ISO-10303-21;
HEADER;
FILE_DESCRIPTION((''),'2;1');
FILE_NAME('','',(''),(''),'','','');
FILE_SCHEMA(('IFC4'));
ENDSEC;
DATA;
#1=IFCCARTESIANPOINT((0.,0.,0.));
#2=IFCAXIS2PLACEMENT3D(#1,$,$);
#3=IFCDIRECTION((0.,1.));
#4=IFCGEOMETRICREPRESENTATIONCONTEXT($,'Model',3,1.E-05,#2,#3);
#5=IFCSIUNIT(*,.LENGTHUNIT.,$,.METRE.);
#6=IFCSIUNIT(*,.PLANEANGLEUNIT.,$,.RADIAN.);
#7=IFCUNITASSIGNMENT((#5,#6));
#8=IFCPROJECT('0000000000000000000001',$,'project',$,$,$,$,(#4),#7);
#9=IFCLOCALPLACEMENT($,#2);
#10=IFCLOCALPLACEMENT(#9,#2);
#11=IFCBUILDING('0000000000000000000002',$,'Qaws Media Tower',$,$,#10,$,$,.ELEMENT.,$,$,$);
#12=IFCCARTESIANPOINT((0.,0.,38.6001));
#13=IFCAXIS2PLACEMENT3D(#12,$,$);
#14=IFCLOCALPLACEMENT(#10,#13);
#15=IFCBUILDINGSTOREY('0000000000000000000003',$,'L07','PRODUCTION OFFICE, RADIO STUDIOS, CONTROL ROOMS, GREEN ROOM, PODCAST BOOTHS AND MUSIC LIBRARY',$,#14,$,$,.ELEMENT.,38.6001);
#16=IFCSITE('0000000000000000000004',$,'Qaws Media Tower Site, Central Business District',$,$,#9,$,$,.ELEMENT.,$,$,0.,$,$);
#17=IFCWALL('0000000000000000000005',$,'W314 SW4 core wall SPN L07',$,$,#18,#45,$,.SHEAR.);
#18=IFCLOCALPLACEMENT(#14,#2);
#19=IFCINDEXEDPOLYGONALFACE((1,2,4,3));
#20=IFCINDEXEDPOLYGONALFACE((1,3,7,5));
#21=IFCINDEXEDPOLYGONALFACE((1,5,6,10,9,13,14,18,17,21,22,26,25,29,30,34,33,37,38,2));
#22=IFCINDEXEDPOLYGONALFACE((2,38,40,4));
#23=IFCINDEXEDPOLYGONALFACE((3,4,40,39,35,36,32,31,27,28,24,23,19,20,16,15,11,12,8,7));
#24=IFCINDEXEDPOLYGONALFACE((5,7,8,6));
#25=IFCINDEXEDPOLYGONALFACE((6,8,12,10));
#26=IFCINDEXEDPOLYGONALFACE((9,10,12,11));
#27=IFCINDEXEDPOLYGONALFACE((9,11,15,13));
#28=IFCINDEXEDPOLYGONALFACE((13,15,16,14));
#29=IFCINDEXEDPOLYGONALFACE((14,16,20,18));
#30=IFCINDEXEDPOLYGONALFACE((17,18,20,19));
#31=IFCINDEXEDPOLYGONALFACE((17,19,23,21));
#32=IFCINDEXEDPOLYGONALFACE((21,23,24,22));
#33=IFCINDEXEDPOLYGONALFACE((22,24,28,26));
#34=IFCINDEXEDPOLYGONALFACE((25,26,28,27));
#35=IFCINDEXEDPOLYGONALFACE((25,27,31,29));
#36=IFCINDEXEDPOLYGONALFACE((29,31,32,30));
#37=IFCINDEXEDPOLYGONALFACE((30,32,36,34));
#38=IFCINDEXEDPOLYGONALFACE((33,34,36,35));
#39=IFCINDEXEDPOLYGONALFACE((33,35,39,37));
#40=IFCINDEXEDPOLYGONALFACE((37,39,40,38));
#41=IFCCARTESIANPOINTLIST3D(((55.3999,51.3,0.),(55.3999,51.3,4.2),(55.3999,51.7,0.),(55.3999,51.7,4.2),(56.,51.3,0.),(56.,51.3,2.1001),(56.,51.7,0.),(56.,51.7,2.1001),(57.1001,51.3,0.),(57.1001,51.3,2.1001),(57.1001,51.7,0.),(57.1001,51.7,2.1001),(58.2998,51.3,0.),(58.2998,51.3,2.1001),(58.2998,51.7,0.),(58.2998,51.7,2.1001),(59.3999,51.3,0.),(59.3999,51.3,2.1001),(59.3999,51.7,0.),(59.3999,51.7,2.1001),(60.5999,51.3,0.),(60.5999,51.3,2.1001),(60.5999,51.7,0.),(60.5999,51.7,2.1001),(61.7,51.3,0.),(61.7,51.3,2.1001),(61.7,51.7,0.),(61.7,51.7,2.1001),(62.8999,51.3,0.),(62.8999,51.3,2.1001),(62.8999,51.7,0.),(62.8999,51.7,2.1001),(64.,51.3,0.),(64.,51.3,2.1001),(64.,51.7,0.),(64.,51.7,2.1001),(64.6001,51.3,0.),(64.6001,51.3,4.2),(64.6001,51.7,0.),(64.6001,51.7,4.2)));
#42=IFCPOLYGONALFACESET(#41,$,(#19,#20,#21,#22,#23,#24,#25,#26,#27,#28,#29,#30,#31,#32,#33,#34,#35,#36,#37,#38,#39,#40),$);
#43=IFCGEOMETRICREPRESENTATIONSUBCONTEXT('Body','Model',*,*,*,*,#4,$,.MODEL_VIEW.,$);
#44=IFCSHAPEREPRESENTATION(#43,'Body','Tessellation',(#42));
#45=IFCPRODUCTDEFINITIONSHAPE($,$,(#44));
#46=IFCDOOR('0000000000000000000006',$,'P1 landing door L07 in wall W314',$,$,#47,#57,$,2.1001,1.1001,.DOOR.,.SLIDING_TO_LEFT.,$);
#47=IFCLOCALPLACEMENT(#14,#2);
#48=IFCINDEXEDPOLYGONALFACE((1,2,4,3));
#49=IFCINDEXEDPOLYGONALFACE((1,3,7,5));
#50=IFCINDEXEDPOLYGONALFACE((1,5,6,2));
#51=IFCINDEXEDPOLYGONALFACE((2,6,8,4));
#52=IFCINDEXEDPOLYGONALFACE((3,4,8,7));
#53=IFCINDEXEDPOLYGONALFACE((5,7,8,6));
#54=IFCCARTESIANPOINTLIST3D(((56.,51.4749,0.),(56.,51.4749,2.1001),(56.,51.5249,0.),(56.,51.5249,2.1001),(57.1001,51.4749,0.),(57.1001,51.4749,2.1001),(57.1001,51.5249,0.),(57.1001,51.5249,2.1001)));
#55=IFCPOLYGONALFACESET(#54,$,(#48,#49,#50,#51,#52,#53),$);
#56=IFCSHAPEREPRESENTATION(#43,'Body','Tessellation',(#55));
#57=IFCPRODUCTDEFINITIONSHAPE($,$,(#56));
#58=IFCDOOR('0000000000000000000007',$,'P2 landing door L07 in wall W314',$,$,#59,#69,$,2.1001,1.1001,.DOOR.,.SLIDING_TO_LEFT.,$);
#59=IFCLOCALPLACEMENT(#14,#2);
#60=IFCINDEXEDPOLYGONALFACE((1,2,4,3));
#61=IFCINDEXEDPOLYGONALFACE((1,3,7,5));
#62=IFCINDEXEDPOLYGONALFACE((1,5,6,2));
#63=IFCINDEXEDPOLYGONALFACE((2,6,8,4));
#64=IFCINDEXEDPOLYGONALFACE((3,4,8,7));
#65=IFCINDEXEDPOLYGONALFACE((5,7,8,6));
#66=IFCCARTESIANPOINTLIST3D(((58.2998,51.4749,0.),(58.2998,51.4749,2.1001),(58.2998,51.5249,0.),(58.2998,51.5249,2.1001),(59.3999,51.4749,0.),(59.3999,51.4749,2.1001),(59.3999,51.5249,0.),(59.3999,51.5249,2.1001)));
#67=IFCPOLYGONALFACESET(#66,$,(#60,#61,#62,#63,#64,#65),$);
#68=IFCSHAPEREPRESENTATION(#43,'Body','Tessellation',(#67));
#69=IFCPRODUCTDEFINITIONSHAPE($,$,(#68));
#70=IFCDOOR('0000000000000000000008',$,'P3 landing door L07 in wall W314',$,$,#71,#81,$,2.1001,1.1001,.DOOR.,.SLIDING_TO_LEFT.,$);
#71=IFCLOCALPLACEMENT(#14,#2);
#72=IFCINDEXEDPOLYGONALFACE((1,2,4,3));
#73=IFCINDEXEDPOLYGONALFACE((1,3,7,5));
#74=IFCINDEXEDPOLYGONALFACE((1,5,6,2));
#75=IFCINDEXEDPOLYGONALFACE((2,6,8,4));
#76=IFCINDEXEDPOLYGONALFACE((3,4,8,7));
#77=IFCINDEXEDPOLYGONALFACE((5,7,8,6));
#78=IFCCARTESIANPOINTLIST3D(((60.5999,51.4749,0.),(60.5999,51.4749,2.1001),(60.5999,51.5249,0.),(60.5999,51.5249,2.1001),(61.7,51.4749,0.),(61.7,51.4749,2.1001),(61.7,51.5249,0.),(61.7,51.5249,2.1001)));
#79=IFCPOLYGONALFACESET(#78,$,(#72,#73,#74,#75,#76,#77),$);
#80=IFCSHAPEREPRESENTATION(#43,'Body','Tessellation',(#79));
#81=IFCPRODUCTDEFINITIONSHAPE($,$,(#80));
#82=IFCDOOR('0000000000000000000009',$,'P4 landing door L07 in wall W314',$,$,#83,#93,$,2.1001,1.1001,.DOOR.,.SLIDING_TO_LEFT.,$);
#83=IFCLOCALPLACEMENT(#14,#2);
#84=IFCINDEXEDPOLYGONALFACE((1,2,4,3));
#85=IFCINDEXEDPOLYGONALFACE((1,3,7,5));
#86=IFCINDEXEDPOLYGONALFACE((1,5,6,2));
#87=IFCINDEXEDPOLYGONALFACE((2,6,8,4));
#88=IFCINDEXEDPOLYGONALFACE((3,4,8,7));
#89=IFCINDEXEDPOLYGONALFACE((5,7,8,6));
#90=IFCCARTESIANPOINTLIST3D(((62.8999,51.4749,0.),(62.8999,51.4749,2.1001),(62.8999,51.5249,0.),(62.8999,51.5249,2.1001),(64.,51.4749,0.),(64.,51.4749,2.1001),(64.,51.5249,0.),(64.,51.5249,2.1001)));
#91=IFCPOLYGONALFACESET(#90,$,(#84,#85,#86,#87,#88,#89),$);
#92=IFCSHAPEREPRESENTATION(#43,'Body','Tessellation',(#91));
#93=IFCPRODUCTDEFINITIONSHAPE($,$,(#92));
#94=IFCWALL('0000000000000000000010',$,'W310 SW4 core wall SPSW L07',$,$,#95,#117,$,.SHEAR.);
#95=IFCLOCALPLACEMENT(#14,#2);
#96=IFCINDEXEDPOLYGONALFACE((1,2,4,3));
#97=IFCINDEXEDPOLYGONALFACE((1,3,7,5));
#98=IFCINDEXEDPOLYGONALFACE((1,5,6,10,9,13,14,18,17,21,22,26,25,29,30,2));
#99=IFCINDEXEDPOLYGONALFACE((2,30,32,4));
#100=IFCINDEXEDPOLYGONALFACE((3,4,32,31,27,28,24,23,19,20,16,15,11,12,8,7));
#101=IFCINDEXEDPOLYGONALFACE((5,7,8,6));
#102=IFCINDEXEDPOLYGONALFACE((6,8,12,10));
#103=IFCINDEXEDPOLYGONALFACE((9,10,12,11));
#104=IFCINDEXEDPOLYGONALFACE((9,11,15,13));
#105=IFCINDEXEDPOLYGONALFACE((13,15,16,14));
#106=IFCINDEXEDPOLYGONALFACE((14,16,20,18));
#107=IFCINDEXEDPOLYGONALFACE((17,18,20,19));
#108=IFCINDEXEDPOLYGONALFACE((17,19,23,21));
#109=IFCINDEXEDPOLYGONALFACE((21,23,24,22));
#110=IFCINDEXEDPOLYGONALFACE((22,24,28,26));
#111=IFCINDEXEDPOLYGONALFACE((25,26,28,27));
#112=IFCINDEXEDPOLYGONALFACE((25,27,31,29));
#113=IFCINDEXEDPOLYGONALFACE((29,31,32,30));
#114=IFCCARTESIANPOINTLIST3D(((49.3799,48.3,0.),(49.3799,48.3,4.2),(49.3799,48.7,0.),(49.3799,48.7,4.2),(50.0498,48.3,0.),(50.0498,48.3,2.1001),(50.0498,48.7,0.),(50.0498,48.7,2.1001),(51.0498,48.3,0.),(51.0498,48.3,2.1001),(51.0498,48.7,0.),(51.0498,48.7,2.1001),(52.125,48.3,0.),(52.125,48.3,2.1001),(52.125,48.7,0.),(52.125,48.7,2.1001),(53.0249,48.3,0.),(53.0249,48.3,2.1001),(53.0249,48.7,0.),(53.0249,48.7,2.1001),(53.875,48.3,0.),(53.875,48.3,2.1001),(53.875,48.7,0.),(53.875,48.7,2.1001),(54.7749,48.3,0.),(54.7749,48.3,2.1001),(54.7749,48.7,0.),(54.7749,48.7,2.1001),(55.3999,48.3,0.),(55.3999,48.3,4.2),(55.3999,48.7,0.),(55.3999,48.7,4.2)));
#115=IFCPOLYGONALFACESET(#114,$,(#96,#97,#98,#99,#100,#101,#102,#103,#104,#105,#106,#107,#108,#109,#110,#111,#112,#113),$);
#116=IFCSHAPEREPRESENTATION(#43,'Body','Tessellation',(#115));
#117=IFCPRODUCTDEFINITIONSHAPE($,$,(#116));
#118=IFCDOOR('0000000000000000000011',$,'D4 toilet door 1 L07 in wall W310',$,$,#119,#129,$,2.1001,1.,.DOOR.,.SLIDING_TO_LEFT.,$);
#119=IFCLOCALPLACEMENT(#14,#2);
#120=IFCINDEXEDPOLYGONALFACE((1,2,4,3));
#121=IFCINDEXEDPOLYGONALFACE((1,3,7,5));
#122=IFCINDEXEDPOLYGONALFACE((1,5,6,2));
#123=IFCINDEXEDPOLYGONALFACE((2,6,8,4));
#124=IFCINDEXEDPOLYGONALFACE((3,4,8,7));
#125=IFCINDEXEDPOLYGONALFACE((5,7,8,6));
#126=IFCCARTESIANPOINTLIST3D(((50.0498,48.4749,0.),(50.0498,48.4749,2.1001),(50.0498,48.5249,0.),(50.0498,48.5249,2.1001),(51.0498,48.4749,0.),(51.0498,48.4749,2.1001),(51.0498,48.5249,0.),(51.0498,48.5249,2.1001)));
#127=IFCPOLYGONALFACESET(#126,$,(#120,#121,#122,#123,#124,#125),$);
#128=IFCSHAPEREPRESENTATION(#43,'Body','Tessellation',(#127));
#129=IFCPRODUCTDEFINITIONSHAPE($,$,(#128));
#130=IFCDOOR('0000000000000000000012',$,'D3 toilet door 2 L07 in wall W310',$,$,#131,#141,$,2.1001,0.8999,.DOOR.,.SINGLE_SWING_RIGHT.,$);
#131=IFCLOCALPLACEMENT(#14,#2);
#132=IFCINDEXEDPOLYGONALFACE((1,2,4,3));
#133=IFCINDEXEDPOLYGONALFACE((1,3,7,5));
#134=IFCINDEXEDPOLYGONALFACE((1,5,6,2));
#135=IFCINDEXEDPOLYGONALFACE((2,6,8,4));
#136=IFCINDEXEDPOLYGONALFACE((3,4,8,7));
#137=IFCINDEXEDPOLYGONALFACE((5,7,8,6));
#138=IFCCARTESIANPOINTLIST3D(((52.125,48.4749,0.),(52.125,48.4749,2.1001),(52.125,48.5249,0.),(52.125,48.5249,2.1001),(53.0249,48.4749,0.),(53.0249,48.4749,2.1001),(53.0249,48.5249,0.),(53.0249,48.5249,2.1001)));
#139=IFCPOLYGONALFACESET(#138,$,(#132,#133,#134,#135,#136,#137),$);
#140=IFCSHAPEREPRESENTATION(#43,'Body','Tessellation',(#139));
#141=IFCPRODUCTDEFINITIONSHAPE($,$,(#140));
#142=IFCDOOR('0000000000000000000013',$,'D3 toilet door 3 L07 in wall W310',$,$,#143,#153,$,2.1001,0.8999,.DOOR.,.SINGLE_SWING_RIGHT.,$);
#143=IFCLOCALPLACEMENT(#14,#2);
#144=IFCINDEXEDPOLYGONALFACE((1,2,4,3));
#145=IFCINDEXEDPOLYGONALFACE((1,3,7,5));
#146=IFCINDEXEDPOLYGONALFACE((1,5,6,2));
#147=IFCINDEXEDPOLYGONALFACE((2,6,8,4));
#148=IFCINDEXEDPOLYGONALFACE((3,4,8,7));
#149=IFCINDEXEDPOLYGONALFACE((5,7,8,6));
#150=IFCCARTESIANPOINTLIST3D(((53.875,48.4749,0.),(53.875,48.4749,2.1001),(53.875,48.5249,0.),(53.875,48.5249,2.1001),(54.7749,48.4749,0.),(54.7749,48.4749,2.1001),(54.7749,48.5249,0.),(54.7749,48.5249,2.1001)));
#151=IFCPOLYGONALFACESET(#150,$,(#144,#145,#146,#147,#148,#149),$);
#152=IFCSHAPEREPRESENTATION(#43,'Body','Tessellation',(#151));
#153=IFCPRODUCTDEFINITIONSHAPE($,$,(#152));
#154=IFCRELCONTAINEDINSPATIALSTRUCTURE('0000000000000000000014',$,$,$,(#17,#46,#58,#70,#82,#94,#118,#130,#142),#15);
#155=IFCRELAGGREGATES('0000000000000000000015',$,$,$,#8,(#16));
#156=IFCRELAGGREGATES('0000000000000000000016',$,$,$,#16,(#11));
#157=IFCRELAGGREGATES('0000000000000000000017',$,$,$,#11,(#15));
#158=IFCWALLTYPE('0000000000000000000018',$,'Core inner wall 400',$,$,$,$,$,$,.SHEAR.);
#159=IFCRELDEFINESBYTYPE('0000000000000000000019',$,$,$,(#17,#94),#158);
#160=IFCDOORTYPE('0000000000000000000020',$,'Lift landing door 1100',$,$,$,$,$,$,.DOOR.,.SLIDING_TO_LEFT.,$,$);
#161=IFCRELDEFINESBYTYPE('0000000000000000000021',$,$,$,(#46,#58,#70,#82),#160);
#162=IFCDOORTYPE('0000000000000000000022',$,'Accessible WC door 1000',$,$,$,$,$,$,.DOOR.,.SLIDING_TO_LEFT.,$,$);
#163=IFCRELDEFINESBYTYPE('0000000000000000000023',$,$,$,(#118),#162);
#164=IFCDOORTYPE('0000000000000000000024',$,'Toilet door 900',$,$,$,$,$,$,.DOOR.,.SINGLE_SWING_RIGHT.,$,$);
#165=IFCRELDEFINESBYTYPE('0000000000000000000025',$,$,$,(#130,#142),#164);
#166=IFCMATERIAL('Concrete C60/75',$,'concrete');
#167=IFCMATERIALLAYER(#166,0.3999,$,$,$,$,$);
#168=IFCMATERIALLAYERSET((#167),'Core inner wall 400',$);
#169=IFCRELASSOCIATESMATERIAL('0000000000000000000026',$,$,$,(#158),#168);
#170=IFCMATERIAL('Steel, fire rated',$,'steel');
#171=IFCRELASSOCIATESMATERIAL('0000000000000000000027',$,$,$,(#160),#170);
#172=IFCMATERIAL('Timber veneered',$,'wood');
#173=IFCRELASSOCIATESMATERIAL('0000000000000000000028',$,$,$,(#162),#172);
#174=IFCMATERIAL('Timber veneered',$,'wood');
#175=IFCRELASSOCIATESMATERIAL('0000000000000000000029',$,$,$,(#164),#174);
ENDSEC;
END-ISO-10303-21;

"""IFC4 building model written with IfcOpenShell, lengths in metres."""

from ifc_helpers import new_model, si_unit, direction, frame, frame_2d, origin, place, context, subcontext, project, spatial, rectangle, extrude, material, layer, layer_set, type_object, element, fill, save


model = new_model("IFC4")

# Units and contexts
model_context = context("Model", 3, precision=1e-05, world=origin(), true_north=direction((0.0, 1.0)))
body_context = subcontext(model_context, "Body", "Model", "MODEL_VIEW")
ifc_project = project(units=[si_unit("LENGTHUNIT", "METRE"), si_unit("PLANEANGLEUNIT", "RADIAN")], contexts=[model_context])

# Site, building, storey
site_placement = place(None, origin())
site = spatial("IfcSite", under=ifc_project, at=site_placement, Name="Qaws Media Tower Site, Central Business District", CompositionType="ELEMENT", RefElevation=0.0)
building_placement = place(site_placement, origin())
building = spatial("IfcBuilding", under=site, at=building_placement, Name="Qaws Media Tower", CompositionType="ELEMENT")
storey_placement = place(building_placement, frame((0.0, 0.0, 38.6001)))
storey = spatial("IfcBuildingStorey", under=building, at=storey_placement, Name="L07", Description="PRODUCTION OFFICE, RADIO STUDIOS, CONTROL ROOMS, GREEN ROOM, PODCAST BOOTHS AND MUSIC LIBRARY", CompositionType="ELEMENT", Elevation=38.6001)

# Shared definitions
ifc_material_1 = material(Name="Concrete C60/75", Category="concrete")
ifc_layer_1 = layer(ifc_material_1, 0.3999)
ifc_layer_set_1 = layer_set([ifc_layer_1], Name="Core inner wall 400")
wall_type_1 = type_object("IfcWallType", Name="Core inner wall 400", PredefinedType="SHEAR", material=ifc_layer_set_1)

# Walls, openings, doors
wall_1_placement = place(storey_placement, frame((55.3999, 51.5, 0.0), z_axis=(0.0, 0.0, 1.0), x_axis=(1.0, 0.0, 0.0)))
wall_1 = element("IfcWall", 1, at=wall_1_placement, inside=storey, type_object=wall_type_1, Name="W314 SW4 core wall SPN L07", PredefinedType="SHEAR", context=body_context, shape_type="SweptSolid", body=[
    extrude(rectangle(XDim=9.2002, YDim=0.3999, at=frame_2d((4.6001, 0.0))), origin(), (0.0, 0.0, 1.0), 4.2),
])
opening_1_placement = place(wall_1_placement, frame((0.6001, 0.0, 0.0)))
opening_1 = element("IfcOpeningElement", 2, at=opening_1_placement, cuts=wall_1, PredefinedType="OPENING", context=body_context, shape_type="SweptSolid", body=[
    extrude(rectangle(XDim=1.1001, YDim=2.1001, at=frame_2d((0.55, 1.05))), frame((0.0, 0.21, 0.0), z_axis=(0.0, -1.0, 0.0), x_axis=(1.0, 0.0, 0.0)), (0.0, 0.0, 1.0), 0.4199),
])
opening_2_placement = place(wall_1_placement, frame((2.8999, 0.0, 0.0)))
opening_2 = element("IfcOpeningElement", 3, at=opening_2_placement, cuts=wall_1, PredefinedType="OPENING", context=body_context, shape_type="SweptSolid", body=[
    extrude(rectangle(XDim=1.1001, YDim=2.1001, at=frame_2d((0.55, 1.05))), frame((0.0, 0.21, 0.0), z_axis=(0.0, -1.0, 0.0), x_axis=(1.0, 0.0, 0.0)), (0.0, 0.0, 1.0), 0.4199),
])
opening_3_placement = place(wall_1_placement, frame((5.2, 0.0, 0.0)))
opening_3 = element("IfcOpeningElement", 4, at=opening_3_placement, cuts=wall_1, PredefinedType="OPENING", context=body_context, shape_type="SweptSolid", body=[
    extrude(rectangle(XDim=1.1001, YDim=2.1001, at=frame_2d((0.55, 1.05))), frame((0.0, 0.21, 0.0), z_axis=(0.0, -1.0, 0.0), x_axis=(1.0, 0.0, 0.0)), (0.0, 0.0, 1.0), 0.4199),
])
opening_4_placement = place(wall_1_placement, frame((7.5, 0.0, 0.0)))
opening_4 = element("IfcOpeningElement", 5, at=opening_4_placement, cuts=wall_1, PredefinedType="OPENING", context=body_context, shape_type="SweptSolid", body=[
    extrude(rectangle(XDim=1.1001, YDim=2.1001, at=frame_2d((0.55, 1.05))), frame((0.0, 0.21, 0.0), z_axis=(0.0, -1.0, 0.0), x_axis=(1.0, 0.0, 0.0)), (0.0, 0.0, 1.0), 0.4199),
])
ifc_material_2 = material(Name="Steel, fire rated", Category="steel")
door_type_1 = type_object("IfcDoorType", Name="Lift landing door 1100", OperationType="SLIDING_TO_LEFT", PredefinedType="DOOR", material=ifc_material_2)
door_1_placement = place(opening_1_placement, origin())
door_1 = element("IfcDoor", 6, at=door_1_placement, inside=storey, type_object=door_type_1, Name="P1 landing door L07 in wall W314", OperationType="SLIDING_TO_LEFT", OverallHeight=2.1001, OverallWidth=1.1001, PredefinedType="DOOR", context=body_context, shape_type="SweptSolid", body=[
    extrude(rectangle(XDim=1.1001, YDim=2.1001, at=frame_2d((0.55, 1.05))), frame((0.0, 0.0249, 0.0), z_axis=(0.0, -1.0, 0.0), x_axis=(1.0, 0.0, 0.0)), (0.0, 0.0, 1.0), 0.05),
])
fill(opening_1, door_1)
door_2_placement = place(opening_2_placement, origin())
door_2 = element("IfcDoor", 7, at=door_2_placement, inside=storey, type_object=door_type_1, Name="P2 landing door L07 in wall W314", OperationType="SLIDING_TO_LEFT", OverallHeight=2.1001, OverallWidth=1.1001, PredefinedType="DOOR", context=body_context, shape_type="SweptSolid", body=[
    extrude(rectangle(XDim=1.1001, YDim=2.1001, at=frame_2d((0.55, 1.05))), frame((0.0, 0.0249, 0.0), z_axis=(0.0, -1.0, 0.0), x_axis=(1.0, 0.0, 0.0)), (0.0, 0.0, 1.0), 0.05),
])
fill(opening_2, door_2)
door_3_placement = place(opening_3_placement, origin())
door_3 = element("IfcDoor", 8, at=door_3_placement, inside=storey, type_object=door_type_1, Name="P3 landing door L07 in wall W314", OperationType="SLIDING_TO_LEFT", OverallHeight=2.1001, OverallWidth=1.1001, PredefinedType="DOOR", context=body_context, shape_type="SweptSolid", body=[
    extrude(rectangle(XDim=1.1001, YDim=2.1001, at=frame_2d((0.55, 1.05))), frame((0.0, 0.0249, 0.0), z_axis=(0.0, -1.0, 0.0), x_axis=(1.0, 0.0, 0.0)), (0.0, 0.0, 1.0), 0.05),
])
fill(opening_3, door_3)
door_4_placement = place(opening_4_placement, origin())
door_4 = element("IfcDoor", 9, at=door_4_placement, inside=storey, type_object=door_type_1, Name="P4 landing door L07 in wall W314", OperationType="SLIDING_TO_LEFT", OverallHeight=2.1001, OverallWidth=1.1001, PredefinedType="DOOR", context=body_context, shape_type="SweptSolid", body=[
    extrude(rectangle(XDim=1.1001, YDim=2.1001, at=frame_2d((0.55, 1.05))), frame((0.0, 0.0249, 0.0), z_axis=(0.0, -1.0, 0.0), x_axis=(1.0, 0.0, 0.0)), (0.0, 0.0, 1.0), 0.05),
])
fill(opening_4, door_4)
wall_2_placement = place(storey_placement, frame((49.3799, 48.5, 0.0), z_axis=(0.0, 0.0, 1.0), x_axis=(1.0, 0.0, 0.0)))
wall_2 = element("IfcWall", 10, at=wall_2_placement, inside=storey, type_object=wall_type_1, Name="W310 SW4 core wall SPSW L07", PredefinedType="SHEAR", context=body_context, shape_type="SweptSolid", body=[
    extrude(rectangle(XDim=6.02, YDim=0.3999, at=frame_2d((3.01, 0.0))), origin(), (0.0, 0.0, 1.0), 4.2),
])
opening_5_placement = place(wall_2_placement, frame((0.6699, 0.0, 0.0)))
opening_5 = element("IfcOpeningElement", 11, at=opening_5_placement, cuts=wall_2, PredefinedType="OPENING", context=body_context, shape_type="SweptSolid", body=[
    extrude(rectangle(XDim=1.0, YDim=2.1001, at=frame_2d((0.5, 1.05))), frame((0.0, 0.21, 0.0), z_axis=(0.0, -1.0, 0.0), x_axis=(1.0, 0.0, 0.0)), (0.0, 0.0, 1.0), 0.4199),
])
opening_6_placement = place(wall_2_placement, frame((2.7451, 0.0, 0.0)))
opening_6 = element("IfcOpeningElement", 12, at=opening_6_placement, cuts=wall_2, PredefinedType="OPENING", context=body_context, shape_type="SweptSolid", body=[
    extrude(rectangle(XDim=0.8999, YDim=2.1001, at=frame_2d((0.45, 1.05))), frame((0.0, 0.21, 0.0), z_axis=(0.0, -1.0, 0.0), x_axis=(1.0, 0.0, 0.0)), (0.0, 0.0, 1.0), 0.4199),
])
opening_7_placement = place(wall_2_placement, frame((4.4951, 0.0, 0.0)))
opening_7 = element("IfcOpeningElement", 13, at=opening_7_placement, cuts=wall_2, PredefinedType="OPENING", context=body_context, shape_type="SweptSolid", body=[
    extrude(rectangle(XDim=0.8999, YDim=2.1001, at=frame_2d((0.45, 1.05))), frame((0.0, 0.21, 0.0), z_axis=(0.0, -1.0, 0.0), x_axis=(1.0, 0.0, 0.0)), (0.0, 0.0, 1.0), 0.4199),
])
ifc_material_3 = material(Name="Timber veneered", Category="wood")
door_type_2 = type_object("IfcDoorType", Name="Accessible WC door 1000", OperationType="SLIDING_TO_LEFT", PredefinedType="DOOR", material=ifc_material_3)
door_5_placement = place(opening_5_placement, origin())
door_5 = element("IfcDoor", 14, at=door_5_placement, inside=storey, type_object=door_type_2, Name="D4 toilet door 1 L07 in wall W310", OperationType="SLIDING_TO_LEFT", OverallHeight=2.1001, OverallWidth=1.0, PredefinedType="DOOR", context=body_context, shape_type="SweptSolid", body=[
    extrude(rectangle(XDim=1.0, YDim=2.1001, at=frame_2d((0.5, 1.05))), frame((0.0, 0.0249, 0.0), z_axis=(0.0, -1.0, 0.0), x_axis=(1.0, 0.0, 0.0)), (0.0, 0.0, 1.0), 0.05),
])
fill(opening_5, door_5)
ifc_material_4 = material(Name="Timber veneered", Category="wood")
door_type_3 = type_object("IfcDoorType", Name="Toilet door 900", OperationType="SINGLE_SWING_RIGHT", PredefinedType="DOOR", material=ifc_material_4)
door_6_placement = place(opening_6_placement, origin())
door_6 = element("IfcDoor", 15, at=door_6_placement, inside=storey, type_object=door_type_3, Name="D3 toilet door 2 L07 in wall W310", OperationType="SINGLE_SWING_RIGHT", OverallHeight=2.1001, OverallWidth=0.8999, PredefinedType="DOOR", context=body_context, shape_type="SweptSolid", body=[
    extrude(rectangle(XDim=0.8999, YDim=2.1001, at=frame_2d((0.45, 1.05))), frame((0.0, 0.0249, 0.0), z_axis=(0.0, -1.0, 0.0), x_axis=(1.0, 0.0, 0.0)), (0.0, 0.0, 1.0), 0.05),
])
fill(opening_6, door_6)
door_7_placement = place(opening_7_placement, origin())
door_7 = element("IfcDoor", 16, at=door_7_placement, inside=storey, type_object=door_type_3, Name="D3 toilet door 3 L07 in wall W310", OperationType="SINGLE_SWING_RIGHT", OverallHeight=2.1001, OverallWidth=0.8999, PredefinedType="DOOR", context=body_context, shape_type="SweptSolid", body=[
    extrude(rectangle(XDim=0.8999, YDim=2.1001, at=frame_2d((0.45, 1.05))), frame((0.0, 0.0249, 0.0), z_axis=(0.0, -1.0, 0.0), x_axis=(1.0, 0.0, 0.0)), (0.0, 0.0, 1.0), 0.05),
])
fill(opening_7, door_7)

save(model, "model.ifc")
